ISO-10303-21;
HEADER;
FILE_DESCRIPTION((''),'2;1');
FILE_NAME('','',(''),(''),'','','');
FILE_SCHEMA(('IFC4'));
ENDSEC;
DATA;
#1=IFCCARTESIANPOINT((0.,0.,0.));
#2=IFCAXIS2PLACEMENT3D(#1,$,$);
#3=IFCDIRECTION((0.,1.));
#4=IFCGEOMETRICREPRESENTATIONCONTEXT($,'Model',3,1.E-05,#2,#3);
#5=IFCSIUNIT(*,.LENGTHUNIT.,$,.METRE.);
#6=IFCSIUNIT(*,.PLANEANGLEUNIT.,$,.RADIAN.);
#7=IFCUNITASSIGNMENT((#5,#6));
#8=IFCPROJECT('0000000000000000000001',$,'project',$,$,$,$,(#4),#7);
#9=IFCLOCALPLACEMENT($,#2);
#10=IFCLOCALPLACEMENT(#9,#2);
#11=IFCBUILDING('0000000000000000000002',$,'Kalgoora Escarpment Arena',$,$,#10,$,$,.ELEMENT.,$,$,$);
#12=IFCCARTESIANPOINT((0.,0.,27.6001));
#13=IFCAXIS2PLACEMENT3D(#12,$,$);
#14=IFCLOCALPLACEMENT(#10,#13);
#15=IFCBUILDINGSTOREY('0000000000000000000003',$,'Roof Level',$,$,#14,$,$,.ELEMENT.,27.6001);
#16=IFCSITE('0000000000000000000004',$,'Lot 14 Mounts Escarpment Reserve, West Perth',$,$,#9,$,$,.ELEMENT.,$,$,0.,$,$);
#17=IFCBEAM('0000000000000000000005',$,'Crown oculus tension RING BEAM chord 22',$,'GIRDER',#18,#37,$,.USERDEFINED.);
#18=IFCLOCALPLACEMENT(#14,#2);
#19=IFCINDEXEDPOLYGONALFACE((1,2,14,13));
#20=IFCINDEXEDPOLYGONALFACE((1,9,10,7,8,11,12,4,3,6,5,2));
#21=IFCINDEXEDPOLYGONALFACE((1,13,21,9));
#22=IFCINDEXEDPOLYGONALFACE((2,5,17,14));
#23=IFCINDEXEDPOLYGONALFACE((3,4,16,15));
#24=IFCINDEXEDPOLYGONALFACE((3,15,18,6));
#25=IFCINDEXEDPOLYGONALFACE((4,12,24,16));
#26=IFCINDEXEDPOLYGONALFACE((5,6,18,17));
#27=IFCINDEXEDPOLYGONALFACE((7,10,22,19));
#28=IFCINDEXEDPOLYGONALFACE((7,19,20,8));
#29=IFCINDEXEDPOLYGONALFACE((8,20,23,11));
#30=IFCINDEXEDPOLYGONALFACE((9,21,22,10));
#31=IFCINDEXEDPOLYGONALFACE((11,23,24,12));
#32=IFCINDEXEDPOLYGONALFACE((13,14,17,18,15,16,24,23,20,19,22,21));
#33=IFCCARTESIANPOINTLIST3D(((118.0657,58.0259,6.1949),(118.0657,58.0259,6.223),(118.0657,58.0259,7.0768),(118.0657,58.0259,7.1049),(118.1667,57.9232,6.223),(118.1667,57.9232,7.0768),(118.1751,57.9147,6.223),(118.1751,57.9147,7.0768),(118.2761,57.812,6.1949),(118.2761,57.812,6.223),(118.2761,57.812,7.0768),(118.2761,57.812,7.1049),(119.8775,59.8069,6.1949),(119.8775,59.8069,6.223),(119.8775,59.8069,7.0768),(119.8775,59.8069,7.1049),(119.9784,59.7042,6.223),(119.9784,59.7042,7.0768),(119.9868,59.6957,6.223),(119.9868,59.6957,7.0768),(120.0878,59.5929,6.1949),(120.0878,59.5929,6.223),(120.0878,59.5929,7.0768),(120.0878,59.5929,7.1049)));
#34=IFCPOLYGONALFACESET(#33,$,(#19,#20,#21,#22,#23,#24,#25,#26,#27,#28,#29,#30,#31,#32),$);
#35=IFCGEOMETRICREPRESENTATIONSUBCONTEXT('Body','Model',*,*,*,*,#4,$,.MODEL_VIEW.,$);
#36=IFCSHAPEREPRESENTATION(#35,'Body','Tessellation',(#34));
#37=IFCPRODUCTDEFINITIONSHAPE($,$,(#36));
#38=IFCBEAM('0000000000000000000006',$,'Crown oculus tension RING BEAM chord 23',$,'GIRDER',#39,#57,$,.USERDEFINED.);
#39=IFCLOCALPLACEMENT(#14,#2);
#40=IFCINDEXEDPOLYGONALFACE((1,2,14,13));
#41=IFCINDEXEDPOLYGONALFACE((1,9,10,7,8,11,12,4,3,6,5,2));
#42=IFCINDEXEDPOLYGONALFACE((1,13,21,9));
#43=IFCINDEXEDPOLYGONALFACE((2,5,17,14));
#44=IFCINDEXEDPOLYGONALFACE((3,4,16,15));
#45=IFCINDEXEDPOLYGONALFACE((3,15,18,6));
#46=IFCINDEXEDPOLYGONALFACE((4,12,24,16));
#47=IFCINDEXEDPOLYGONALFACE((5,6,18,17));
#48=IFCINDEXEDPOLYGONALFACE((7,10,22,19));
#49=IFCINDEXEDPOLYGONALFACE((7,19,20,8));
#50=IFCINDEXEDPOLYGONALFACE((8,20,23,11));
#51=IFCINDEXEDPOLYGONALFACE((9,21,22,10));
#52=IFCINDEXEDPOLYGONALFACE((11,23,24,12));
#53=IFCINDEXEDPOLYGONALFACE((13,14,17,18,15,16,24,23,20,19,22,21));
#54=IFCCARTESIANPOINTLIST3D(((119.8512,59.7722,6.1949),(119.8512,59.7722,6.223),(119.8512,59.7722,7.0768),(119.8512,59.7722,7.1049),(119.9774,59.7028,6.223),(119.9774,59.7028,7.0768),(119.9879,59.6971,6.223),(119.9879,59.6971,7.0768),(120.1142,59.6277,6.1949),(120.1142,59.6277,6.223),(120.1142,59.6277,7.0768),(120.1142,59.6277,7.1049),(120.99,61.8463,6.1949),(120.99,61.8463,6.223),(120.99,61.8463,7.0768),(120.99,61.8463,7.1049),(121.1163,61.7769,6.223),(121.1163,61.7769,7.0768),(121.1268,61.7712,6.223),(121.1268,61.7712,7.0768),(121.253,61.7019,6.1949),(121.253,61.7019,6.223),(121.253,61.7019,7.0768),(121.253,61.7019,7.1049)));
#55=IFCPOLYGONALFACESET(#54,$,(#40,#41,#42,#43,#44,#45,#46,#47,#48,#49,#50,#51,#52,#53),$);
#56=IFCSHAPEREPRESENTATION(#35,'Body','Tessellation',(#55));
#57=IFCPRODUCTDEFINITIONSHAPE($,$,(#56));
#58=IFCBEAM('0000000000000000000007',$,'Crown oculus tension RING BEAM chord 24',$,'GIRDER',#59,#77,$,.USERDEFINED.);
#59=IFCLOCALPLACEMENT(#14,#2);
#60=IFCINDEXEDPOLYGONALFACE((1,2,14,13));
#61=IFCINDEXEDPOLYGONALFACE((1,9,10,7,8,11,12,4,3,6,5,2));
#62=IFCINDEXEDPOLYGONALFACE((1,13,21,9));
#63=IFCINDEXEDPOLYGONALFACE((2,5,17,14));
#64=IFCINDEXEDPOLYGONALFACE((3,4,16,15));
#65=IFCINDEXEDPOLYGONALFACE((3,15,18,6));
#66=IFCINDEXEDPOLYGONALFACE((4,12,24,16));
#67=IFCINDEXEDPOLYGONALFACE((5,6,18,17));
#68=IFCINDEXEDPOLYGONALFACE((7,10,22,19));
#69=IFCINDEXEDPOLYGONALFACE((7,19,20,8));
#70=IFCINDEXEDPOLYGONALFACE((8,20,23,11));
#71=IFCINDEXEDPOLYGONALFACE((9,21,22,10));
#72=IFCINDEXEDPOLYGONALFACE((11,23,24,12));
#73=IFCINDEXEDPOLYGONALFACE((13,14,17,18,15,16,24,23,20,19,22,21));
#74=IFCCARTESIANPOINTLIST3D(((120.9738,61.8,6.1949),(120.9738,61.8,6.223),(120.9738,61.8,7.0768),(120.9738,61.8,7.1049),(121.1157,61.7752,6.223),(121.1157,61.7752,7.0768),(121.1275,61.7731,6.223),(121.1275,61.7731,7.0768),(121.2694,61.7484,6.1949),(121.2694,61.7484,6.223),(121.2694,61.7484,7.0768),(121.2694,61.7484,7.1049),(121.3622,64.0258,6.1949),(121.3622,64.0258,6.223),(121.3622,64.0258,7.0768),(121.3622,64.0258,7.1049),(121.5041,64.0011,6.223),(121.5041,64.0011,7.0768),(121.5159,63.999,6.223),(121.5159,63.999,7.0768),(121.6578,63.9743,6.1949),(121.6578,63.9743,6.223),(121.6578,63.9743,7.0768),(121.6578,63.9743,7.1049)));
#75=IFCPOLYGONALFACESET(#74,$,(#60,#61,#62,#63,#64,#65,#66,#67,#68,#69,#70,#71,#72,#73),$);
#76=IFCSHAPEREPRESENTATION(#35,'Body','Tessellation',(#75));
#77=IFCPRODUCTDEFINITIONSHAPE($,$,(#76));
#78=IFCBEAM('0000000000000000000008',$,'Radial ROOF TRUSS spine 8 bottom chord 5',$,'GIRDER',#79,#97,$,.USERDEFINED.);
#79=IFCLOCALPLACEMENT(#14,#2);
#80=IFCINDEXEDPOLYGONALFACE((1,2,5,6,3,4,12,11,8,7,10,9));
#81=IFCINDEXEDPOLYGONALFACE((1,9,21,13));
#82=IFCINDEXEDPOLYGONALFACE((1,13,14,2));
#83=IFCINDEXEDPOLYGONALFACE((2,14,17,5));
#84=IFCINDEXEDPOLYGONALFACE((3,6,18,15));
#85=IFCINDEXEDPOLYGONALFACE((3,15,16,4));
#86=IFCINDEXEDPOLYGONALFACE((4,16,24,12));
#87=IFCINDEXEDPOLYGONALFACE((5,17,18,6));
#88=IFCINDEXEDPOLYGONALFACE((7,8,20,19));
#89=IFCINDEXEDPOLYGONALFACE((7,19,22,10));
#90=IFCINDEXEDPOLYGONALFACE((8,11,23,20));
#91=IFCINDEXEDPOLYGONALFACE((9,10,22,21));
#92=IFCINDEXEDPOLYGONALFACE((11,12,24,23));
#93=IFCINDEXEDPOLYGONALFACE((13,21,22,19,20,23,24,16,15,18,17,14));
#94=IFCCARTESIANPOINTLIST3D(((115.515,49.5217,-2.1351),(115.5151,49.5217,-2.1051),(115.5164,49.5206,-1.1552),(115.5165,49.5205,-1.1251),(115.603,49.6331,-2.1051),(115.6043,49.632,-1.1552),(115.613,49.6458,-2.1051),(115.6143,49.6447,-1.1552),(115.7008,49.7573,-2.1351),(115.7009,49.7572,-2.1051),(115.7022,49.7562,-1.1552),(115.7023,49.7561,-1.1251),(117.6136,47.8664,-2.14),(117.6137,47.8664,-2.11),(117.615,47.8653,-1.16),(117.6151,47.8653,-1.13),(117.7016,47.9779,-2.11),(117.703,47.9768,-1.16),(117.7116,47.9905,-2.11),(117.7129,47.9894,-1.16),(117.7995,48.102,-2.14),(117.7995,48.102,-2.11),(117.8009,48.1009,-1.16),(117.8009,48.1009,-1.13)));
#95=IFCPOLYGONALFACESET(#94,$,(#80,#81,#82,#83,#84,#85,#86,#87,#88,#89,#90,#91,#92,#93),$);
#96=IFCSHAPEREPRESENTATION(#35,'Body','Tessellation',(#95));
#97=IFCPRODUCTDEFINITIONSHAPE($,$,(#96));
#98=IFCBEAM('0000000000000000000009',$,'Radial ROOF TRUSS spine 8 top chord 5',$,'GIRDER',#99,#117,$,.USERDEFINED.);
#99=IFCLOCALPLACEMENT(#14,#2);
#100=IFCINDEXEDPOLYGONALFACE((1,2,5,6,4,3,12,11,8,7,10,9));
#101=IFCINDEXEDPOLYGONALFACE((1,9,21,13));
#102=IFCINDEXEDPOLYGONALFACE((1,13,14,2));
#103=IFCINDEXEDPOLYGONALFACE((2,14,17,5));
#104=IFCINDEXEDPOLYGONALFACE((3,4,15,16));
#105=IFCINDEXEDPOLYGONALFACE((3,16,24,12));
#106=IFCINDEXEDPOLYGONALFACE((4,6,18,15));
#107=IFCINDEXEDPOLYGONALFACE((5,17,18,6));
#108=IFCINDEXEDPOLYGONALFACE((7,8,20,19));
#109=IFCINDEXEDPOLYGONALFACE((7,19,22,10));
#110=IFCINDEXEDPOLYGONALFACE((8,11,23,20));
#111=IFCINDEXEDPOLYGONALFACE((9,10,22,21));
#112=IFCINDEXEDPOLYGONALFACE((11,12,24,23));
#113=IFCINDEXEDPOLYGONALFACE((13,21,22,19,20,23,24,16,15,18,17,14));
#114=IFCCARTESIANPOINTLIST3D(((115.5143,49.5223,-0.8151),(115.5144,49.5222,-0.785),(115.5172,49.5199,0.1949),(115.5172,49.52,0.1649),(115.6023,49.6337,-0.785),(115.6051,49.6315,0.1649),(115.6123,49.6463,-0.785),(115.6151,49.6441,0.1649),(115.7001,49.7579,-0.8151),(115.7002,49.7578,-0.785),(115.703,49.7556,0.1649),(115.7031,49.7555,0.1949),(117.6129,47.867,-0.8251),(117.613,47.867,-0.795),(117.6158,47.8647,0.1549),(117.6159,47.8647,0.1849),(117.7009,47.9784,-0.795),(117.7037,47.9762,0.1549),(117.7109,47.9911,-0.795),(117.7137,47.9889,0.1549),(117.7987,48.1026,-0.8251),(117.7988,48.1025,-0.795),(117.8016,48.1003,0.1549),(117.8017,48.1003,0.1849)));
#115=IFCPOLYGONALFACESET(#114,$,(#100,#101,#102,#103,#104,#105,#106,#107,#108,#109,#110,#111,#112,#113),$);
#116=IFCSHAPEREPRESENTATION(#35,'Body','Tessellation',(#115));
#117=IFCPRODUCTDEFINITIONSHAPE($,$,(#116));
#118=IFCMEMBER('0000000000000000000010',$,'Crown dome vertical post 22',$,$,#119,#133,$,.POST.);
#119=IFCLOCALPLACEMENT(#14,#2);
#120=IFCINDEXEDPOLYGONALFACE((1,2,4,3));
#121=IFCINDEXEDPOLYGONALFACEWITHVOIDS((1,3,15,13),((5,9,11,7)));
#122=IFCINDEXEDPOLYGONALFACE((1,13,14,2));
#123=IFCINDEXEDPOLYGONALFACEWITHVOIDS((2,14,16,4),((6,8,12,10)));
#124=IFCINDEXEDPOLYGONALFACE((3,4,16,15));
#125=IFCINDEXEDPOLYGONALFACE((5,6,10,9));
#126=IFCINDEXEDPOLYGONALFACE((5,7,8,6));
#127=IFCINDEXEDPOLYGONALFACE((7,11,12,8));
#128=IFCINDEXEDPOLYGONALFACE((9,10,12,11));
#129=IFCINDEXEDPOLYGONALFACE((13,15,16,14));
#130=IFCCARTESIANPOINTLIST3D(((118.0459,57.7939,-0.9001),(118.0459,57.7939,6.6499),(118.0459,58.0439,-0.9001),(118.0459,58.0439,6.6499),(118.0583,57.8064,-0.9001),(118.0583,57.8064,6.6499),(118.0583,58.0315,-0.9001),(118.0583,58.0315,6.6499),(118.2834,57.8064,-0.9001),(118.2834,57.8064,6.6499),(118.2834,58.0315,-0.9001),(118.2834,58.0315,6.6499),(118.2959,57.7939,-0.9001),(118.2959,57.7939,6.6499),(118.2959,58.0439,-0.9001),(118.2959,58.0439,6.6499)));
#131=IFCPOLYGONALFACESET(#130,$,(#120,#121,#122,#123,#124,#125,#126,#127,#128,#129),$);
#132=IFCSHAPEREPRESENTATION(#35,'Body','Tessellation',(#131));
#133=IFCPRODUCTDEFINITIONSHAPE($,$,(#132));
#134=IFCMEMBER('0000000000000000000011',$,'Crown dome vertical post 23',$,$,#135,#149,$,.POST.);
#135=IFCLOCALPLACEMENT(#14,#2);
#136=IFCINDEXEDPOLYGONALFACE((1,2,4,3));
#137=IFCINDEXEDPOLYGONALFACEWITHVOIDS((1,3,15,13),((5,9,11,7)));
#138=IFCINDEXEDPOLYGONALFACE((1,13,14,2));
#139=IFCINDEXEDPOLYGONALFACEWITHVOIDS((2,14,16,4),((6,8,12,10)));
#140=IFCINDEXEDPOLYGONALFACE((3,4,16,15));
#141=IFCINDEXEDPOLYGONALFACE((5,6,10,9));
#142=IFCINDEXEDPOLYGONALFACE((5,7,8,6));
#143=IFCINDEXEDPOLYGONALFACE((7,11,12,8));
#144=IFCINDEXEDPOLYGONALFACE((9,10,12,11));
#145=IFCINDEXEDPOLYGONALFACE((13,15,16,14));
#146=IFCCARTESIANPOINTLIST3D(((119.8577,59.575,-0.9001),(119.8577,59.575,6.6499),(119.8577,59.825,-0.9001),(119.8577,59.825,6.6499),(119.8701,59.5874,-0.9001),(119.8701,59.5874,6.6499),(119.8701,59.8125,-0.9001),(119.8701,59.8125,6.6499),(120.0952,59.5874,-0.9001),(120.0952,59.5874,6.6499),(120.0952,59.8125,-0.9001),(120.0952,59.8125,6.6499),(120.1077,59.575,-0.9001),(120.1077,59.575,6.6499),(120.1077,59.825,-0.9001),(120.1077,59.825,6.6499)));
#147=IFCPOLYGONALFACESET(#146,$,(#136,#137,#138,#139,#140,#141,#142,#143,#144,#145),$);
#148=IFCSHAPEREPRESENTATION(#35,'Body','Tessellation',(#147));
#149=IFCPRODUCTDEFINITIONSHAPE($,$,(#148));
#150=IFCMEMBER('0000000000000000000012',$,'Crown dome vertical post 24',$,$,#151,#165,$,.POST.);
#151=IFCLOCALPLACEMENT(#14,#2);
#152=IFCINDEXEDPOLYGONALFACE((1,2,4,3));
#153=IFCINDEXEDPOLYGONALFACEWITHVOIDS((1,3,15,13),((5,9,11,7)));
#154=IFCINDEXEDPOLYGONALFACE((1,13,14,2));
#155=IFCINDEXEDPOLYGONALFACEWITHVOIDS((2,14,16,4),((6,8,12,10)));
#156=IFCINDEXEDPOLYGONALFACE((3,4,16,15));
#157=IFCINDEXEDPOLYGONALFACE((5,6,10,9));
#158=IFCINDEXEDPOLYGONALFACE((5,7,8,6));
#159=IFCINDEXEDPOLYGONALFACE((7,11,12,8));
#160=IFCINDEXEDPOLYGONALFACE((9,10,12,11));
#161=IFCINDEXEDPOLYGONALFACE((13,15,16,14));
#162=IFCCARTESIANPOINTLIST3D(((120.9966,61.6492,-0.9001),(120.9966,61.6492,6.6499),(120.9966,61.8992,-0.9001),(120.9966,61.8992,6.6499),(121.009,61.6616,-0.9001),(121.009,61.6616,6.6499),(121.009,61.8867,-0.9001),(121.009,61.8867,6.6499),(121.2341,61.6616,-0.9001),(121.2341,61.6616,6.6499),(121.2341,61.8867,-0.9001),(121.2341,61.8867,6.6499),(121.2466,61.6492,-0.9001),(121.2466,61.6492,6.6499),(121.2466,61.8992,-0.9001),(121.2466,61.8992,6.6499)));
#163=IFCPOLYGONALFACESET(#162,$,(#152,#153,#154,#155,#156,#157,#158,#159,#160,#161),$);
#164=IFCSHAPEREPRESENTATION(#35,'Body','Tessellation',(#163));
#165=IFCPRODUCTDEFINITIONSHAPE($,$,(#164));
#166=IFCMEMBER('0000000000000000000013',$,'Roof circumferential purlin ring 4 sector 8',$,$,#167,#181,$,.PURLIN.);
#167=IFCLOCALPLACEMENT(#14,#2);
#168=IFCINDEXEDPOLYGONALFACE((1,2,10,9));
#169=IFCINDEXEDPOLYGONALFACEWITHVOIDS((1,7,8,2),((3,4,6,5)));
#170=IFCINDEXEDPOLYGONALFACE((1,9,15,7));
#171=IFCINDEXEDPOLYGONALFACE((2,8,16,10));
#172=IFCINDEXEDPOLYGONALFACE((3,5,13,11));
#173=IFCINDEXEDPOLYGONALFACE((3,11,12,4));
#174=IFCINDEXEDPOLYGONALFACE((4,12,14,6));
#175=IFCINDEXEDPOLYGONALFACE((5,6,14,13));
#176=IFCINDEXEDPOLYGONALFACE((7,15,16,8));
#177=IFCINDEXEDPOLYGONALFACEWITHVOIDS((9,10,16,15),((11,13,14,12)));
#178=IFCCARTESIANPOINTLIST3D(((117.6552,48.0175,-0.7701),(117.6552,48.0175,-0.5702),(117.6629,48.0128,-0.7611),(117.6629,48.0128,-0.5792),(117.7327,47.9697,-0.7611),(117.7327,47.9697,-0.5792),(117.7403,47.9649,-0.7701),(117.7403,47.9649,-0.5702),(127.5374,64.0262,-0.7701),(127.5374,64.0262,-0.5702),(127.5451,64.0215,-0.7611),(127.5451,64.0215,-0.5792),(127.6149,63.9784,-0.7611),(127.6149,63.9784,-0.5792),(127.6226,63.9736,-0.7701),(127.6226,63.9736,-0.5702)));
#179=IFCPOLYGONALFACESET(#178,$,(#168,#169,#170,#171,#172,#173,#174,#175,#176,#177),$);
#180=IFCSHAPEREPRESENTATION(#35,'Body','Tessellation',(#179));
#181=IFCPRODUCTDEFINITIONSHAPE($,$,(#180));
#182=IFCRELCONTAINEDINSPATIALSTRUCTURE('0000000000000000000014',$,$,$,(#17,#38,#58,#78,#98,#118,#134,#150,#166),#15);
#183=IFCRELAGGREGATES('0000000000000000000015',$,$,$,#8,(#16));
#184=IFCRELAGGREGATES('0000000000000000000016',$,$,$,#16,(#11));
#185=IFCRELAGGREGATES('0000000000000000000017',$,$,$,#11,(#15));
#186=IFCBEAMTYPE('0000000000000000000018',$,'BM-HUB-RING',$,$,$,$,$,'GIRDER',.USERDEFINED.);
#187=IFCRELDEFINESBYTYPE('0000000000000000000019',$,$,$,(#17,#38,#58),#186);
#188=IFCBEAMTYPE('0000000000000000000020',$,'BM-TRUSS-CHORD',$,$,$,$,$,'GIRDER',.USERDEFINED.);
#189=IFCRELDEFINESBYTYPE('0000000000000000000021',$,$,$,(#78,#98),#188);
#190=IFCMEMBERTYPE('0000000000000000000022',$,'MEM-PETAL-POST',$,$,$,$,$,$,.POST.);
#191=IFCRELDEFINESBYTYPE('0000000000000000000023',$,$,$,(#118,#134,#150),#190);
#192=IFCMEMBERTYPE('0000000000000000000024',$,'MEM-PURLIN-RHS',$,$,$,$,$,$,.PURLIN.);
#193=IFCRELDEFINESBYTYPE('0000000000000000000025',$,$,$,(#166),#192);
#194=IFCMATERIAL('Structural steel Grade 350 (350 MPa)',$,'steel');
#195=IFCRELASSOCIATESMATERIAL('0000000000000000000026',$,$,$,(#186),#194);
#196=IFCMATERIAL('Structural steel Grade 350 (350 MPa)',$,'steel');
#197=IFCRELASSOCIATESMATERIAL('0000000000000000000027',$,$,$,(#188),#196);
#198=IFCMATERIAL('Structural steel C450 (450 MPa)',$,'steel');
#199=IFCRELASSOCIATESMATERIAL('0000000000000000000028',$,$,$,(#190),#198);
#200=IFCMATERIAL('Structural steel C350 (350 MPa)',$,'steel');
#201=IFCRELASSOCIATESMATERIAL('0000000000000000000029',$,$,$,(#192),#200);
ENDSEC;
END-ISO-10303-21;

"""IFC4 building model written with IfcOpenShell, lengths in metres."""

from ifc_helpers import new_model, si_unit, direction, frame, origin, origin_2d, place, context, subcontext, project, spatial, hollow_rectangle, i_section, extrude, material, material_profile, profile_set, type_object, element, save


model = new_model("IFC4")

# Units and contexts
model_context = context("Model", 3, precision=1e-05, world=origin(), true_north=direction((0.0, 1.0)))
body_context = subcontext(model_context, "Body", "Model", "MODEL_VIEW")
ifc_project = project(units=[si_unit("LENGTHUNIT", "METRE"), si_unit("PLANEANGLEUNIT", "RADIAN")], contexts=[model_context])

# Site, building, storey
site_placement = place(None, origin())
site = spatial("IfcSite", under=ifc_project, at=site_placement, Name="Lot 14 Mounts Escarpment Reserve, West Perth", CompositionType="ELEMENT", RefElevation=0.0)
building_placement = place(site_placement, origin())
building = spatial("IfcBuilding", under=site, at=building_placement, Name="Kalgoora Escarpment Arena", CompositionType="ELEMENT")
storey_placement = place(building_placement, frame((0.0, 0.0, 27.6001)))
storey = spatial("IfcBuildingStorey", under=building, at=storey_placement, Name="Roof Level", CompositionType="ELEMENT", Elevation=27.6001)

# Beams
ifc_material_1 = material(Name="Structural steel Grade 350 (350 MPa)", Category="steel")
ifc_material_profile_1 = material_profile(ifc_material_1, i_section(OverallWidth=0.3, OverallDepth=0.9099, WebThickness=0.012, FlangeThickness=0.0281, at=origin_2d()))
ifc_profile_set_1 = profile_set([ifc_material_profile_1], Name="Structural steel Grade 350 (350 MPa)")
beam_type_1 = type_object("IfcBeamType", Name="BM-HUB-RING", ElementType="GIRDER", PredefinedType="USERDEFINED", material=ifc_profile_set_1)
beam_1_placement = place(storey_placement, frame((118.1709, 57.9189, 6.6499), z_axis=(0.713135, 0.701027, 0.0), x_axis=(-0.701027, 0.713135, 0.0)))
element("IfcBeam", 1, at=beam_1_placement, inside=storey, type_object=beam_type_1, Name="Crown oculus tension RING BEAM chord 22", ObjectType="GIRDER", PredefinedType="USERDEFINED", context=body_context, shape_type="SweptSolid", body=[
    extrude(i_section(OverallWidth=0.3, OverallDepth=0.9099, WebThickness=0.012, FlangeThickness=0.0281, at=origin_2d()), origin(), (0.0, 0.0, 1.0), 2.5405),
])
beam_2_placement = place(storey_placement, frame((119.9827, 59.7, 6.6499), z_axis=(0.481301, 0.876556, 0.0), x_axis=(-0.876556, 0.481301, 0.0)))
element("IfcBeam", 2, at=beam_2_placement, inside=storey, type_object=beam_type_1, Name="Crown oculus tension RING BEAM chord 23", ObjectType="GIRDER", PredefinedType="USERDEFINED", context=body_context, shape_type="SweptSolid", body=[
    extrude(i_section(OverallWidth=0.3, OverallDepth=0.9099, WebThickness=0.012, FlangeThickness=0.0281, at=origin_2d()), origin(), (0.0, 0.0, 1.0), 2.3662),
])
beam_3_placement = place(storey_placement, frame((121.1216, 61.7742, 6.6499), z_axis=(0.171911, 0.985112, 0.0), x_axis=(-0.985112, 0.171911, 0.0)))
element("IfcBeam", 3, at=beam_3_placement, inside=storey, type_object=beam_type_1, Name="Crown oculus tension RING BEAM chord 24", ObjectType="GIRDER", PredefinedType="USERDEFINED", context=body_context, shape_type="SweptSolid", body=[
    extrude(i_section(OverallWidth=0.3, OverallDepth=0.9099, WebThickness=0.012, FlangeThickness=0.0281, at=origin_2d()), origin(), (0.0, 0.0, 1.0), 2.2595),
])
ifc_material_2 = material(Name="Structural steel Grade 350 (350 MPa)", Category="steel")
ifc_material_profile_2 = material_profile(ifc_material_2, i_section(OverallWidth=0.3, OverallDepth=1.01, WebThickness=0.0161, FlangeThickness=0.03, at=origin_2d()))
ifc_profile_set_2 = profile_set([ifc_material_profile_2], Name="Structural steel Grade 350 (350 MPa)")
beam_type_2 = type_object("IfcBeamType", Name="BM-TRUSS-CHORD", ElementType="GIRDER", PredefinedType="USERDEFINED", material=ifc_profile_set_2)
for number, where, z_axis, x_axis, name in (
    (4, (117.7073, 47.9836, -1.635), (-0.785162, 0.619288, 0.001827), (-0.619289, -0.785163, 0.0), "Radial ROOF TRUSS spine 8 bottom chord 5"),
    (5, (117.7073, 47.9836, -0.3201), (-0.785158, 0.619284, 0.003745), (-0.619289, -0.785163, 0.0), "Radial ROOF TRUSS spine 8 top chord 5"),
):
    element("IfcBeam", number, at=place(storey_placement, frame(where, z_axis=z_axis, x_axis=x_axis)), inside=storey, type_object=beam_type_2, Name=name, ObjectType="GIRDER", PredefinedType="USERDEFINED", context=body_context, shape_type="SweptSolid", body=[
        extrude(i_section(OverallWidth=0.3, OverallDepth=1.01, WebThickness=0.0161, FlangeThickness=0.03, at=origin_2d()), origin(), (0.0, 0.0, 1.0), 2.6729),
    ])

# Members
ifc_material_3 = material(Name="Structural steel C450 (450 MPa)", Category="steel")
ifc_material_profile_3 = material_profile(ifc_material_3, hollow_rectangle(XDim=0.25, YDim=0.25, WallThickness=0.0125, at=origin_2d()))
ifc_profile_set_3 = profile_set([ifc_material_profile_3], Name="Structural steel C450 (450 MPa)")
member_type_1 = type_object("IfcMemberType", Name="MEM-PETAL-POST", PredefinedType="POST", material=ifc_profile_set_3)
for number, where, z_axis, x_axis, name in (
    (6, (118.1709, 57.9189, -0.9001), (0.0, 0.0, 1.0), (1.0, 0.0, 0.0), "Crown dome vertical post 22"),
    (7, (119.9827, 59.7, -0.9001), (0.0, 0.0, 1.0), (1.0, 0.0, 0.0), "Crown dome vertical post 23"),
    (8, (121.1216, 61.7742, -0.9001), (0.0, 0.0, 1.0), (1.0, 0.0, 0.0), "Crown dome vertical post 24"),
):
    element("IfcMember", number, at=place(storey_placement, frame(where, z_axis=z_axis, x_axis=x_axis)), inside=storey, type_object=member_type_1, Name=name, PredefinedType="POST", context=body_context, shape_type="SweptSolid", body=[
        extrude(hollow_rectangle(XDim=0.25, YDim=0.25, WallThickness=0.0125, at=origin_2d()), origin(), (0.0, 0.0, 1.0), 7.55),
    ])
ifc_material_4 = material(Name="Structural steel C350 (350 MPa)", Category="steel")
ifc_material_profile_4 = material_profile(ifc_material_4, hollow_rectangle(XDim=0.1001, YDim=0.2, WallThickness=0.009, at=origin_2d()))
ifc_profile_set_4 = profile_set([ifc_material_profile_4], Name="Structural steel C350 (350 MPa)")
member_type_2 = type_object("IfcMemberType", Name="MEM-PURLIN-RHS", PredefinedType="PURLIN", material=ifc_profile_set_4)
member_1_placement = place(storey_placement, frame((117.6978, 47.9912, -0.6702), z_axis=(0.525283, 0.850928, 0.0), x_axis=(-0.850928, 0.525283, 0.0)))
element("IfcMember", 9, at=member_1_placement, inside=storey, type_object=member_type_2, Name="Roof circumferential purlin ring 4 sector 8", PredefinedType="PURLIN", context=body_context, shape_type="SweptSolid", body=[
    extrude(hollow_rectangle(XDim=0.1001, YDim=0.2, WallThickness=0.009, at=origin_2d()), origin(), (0.0, 0.0, 1.0), 18.8132),
])

save(model, "model.ifc")
